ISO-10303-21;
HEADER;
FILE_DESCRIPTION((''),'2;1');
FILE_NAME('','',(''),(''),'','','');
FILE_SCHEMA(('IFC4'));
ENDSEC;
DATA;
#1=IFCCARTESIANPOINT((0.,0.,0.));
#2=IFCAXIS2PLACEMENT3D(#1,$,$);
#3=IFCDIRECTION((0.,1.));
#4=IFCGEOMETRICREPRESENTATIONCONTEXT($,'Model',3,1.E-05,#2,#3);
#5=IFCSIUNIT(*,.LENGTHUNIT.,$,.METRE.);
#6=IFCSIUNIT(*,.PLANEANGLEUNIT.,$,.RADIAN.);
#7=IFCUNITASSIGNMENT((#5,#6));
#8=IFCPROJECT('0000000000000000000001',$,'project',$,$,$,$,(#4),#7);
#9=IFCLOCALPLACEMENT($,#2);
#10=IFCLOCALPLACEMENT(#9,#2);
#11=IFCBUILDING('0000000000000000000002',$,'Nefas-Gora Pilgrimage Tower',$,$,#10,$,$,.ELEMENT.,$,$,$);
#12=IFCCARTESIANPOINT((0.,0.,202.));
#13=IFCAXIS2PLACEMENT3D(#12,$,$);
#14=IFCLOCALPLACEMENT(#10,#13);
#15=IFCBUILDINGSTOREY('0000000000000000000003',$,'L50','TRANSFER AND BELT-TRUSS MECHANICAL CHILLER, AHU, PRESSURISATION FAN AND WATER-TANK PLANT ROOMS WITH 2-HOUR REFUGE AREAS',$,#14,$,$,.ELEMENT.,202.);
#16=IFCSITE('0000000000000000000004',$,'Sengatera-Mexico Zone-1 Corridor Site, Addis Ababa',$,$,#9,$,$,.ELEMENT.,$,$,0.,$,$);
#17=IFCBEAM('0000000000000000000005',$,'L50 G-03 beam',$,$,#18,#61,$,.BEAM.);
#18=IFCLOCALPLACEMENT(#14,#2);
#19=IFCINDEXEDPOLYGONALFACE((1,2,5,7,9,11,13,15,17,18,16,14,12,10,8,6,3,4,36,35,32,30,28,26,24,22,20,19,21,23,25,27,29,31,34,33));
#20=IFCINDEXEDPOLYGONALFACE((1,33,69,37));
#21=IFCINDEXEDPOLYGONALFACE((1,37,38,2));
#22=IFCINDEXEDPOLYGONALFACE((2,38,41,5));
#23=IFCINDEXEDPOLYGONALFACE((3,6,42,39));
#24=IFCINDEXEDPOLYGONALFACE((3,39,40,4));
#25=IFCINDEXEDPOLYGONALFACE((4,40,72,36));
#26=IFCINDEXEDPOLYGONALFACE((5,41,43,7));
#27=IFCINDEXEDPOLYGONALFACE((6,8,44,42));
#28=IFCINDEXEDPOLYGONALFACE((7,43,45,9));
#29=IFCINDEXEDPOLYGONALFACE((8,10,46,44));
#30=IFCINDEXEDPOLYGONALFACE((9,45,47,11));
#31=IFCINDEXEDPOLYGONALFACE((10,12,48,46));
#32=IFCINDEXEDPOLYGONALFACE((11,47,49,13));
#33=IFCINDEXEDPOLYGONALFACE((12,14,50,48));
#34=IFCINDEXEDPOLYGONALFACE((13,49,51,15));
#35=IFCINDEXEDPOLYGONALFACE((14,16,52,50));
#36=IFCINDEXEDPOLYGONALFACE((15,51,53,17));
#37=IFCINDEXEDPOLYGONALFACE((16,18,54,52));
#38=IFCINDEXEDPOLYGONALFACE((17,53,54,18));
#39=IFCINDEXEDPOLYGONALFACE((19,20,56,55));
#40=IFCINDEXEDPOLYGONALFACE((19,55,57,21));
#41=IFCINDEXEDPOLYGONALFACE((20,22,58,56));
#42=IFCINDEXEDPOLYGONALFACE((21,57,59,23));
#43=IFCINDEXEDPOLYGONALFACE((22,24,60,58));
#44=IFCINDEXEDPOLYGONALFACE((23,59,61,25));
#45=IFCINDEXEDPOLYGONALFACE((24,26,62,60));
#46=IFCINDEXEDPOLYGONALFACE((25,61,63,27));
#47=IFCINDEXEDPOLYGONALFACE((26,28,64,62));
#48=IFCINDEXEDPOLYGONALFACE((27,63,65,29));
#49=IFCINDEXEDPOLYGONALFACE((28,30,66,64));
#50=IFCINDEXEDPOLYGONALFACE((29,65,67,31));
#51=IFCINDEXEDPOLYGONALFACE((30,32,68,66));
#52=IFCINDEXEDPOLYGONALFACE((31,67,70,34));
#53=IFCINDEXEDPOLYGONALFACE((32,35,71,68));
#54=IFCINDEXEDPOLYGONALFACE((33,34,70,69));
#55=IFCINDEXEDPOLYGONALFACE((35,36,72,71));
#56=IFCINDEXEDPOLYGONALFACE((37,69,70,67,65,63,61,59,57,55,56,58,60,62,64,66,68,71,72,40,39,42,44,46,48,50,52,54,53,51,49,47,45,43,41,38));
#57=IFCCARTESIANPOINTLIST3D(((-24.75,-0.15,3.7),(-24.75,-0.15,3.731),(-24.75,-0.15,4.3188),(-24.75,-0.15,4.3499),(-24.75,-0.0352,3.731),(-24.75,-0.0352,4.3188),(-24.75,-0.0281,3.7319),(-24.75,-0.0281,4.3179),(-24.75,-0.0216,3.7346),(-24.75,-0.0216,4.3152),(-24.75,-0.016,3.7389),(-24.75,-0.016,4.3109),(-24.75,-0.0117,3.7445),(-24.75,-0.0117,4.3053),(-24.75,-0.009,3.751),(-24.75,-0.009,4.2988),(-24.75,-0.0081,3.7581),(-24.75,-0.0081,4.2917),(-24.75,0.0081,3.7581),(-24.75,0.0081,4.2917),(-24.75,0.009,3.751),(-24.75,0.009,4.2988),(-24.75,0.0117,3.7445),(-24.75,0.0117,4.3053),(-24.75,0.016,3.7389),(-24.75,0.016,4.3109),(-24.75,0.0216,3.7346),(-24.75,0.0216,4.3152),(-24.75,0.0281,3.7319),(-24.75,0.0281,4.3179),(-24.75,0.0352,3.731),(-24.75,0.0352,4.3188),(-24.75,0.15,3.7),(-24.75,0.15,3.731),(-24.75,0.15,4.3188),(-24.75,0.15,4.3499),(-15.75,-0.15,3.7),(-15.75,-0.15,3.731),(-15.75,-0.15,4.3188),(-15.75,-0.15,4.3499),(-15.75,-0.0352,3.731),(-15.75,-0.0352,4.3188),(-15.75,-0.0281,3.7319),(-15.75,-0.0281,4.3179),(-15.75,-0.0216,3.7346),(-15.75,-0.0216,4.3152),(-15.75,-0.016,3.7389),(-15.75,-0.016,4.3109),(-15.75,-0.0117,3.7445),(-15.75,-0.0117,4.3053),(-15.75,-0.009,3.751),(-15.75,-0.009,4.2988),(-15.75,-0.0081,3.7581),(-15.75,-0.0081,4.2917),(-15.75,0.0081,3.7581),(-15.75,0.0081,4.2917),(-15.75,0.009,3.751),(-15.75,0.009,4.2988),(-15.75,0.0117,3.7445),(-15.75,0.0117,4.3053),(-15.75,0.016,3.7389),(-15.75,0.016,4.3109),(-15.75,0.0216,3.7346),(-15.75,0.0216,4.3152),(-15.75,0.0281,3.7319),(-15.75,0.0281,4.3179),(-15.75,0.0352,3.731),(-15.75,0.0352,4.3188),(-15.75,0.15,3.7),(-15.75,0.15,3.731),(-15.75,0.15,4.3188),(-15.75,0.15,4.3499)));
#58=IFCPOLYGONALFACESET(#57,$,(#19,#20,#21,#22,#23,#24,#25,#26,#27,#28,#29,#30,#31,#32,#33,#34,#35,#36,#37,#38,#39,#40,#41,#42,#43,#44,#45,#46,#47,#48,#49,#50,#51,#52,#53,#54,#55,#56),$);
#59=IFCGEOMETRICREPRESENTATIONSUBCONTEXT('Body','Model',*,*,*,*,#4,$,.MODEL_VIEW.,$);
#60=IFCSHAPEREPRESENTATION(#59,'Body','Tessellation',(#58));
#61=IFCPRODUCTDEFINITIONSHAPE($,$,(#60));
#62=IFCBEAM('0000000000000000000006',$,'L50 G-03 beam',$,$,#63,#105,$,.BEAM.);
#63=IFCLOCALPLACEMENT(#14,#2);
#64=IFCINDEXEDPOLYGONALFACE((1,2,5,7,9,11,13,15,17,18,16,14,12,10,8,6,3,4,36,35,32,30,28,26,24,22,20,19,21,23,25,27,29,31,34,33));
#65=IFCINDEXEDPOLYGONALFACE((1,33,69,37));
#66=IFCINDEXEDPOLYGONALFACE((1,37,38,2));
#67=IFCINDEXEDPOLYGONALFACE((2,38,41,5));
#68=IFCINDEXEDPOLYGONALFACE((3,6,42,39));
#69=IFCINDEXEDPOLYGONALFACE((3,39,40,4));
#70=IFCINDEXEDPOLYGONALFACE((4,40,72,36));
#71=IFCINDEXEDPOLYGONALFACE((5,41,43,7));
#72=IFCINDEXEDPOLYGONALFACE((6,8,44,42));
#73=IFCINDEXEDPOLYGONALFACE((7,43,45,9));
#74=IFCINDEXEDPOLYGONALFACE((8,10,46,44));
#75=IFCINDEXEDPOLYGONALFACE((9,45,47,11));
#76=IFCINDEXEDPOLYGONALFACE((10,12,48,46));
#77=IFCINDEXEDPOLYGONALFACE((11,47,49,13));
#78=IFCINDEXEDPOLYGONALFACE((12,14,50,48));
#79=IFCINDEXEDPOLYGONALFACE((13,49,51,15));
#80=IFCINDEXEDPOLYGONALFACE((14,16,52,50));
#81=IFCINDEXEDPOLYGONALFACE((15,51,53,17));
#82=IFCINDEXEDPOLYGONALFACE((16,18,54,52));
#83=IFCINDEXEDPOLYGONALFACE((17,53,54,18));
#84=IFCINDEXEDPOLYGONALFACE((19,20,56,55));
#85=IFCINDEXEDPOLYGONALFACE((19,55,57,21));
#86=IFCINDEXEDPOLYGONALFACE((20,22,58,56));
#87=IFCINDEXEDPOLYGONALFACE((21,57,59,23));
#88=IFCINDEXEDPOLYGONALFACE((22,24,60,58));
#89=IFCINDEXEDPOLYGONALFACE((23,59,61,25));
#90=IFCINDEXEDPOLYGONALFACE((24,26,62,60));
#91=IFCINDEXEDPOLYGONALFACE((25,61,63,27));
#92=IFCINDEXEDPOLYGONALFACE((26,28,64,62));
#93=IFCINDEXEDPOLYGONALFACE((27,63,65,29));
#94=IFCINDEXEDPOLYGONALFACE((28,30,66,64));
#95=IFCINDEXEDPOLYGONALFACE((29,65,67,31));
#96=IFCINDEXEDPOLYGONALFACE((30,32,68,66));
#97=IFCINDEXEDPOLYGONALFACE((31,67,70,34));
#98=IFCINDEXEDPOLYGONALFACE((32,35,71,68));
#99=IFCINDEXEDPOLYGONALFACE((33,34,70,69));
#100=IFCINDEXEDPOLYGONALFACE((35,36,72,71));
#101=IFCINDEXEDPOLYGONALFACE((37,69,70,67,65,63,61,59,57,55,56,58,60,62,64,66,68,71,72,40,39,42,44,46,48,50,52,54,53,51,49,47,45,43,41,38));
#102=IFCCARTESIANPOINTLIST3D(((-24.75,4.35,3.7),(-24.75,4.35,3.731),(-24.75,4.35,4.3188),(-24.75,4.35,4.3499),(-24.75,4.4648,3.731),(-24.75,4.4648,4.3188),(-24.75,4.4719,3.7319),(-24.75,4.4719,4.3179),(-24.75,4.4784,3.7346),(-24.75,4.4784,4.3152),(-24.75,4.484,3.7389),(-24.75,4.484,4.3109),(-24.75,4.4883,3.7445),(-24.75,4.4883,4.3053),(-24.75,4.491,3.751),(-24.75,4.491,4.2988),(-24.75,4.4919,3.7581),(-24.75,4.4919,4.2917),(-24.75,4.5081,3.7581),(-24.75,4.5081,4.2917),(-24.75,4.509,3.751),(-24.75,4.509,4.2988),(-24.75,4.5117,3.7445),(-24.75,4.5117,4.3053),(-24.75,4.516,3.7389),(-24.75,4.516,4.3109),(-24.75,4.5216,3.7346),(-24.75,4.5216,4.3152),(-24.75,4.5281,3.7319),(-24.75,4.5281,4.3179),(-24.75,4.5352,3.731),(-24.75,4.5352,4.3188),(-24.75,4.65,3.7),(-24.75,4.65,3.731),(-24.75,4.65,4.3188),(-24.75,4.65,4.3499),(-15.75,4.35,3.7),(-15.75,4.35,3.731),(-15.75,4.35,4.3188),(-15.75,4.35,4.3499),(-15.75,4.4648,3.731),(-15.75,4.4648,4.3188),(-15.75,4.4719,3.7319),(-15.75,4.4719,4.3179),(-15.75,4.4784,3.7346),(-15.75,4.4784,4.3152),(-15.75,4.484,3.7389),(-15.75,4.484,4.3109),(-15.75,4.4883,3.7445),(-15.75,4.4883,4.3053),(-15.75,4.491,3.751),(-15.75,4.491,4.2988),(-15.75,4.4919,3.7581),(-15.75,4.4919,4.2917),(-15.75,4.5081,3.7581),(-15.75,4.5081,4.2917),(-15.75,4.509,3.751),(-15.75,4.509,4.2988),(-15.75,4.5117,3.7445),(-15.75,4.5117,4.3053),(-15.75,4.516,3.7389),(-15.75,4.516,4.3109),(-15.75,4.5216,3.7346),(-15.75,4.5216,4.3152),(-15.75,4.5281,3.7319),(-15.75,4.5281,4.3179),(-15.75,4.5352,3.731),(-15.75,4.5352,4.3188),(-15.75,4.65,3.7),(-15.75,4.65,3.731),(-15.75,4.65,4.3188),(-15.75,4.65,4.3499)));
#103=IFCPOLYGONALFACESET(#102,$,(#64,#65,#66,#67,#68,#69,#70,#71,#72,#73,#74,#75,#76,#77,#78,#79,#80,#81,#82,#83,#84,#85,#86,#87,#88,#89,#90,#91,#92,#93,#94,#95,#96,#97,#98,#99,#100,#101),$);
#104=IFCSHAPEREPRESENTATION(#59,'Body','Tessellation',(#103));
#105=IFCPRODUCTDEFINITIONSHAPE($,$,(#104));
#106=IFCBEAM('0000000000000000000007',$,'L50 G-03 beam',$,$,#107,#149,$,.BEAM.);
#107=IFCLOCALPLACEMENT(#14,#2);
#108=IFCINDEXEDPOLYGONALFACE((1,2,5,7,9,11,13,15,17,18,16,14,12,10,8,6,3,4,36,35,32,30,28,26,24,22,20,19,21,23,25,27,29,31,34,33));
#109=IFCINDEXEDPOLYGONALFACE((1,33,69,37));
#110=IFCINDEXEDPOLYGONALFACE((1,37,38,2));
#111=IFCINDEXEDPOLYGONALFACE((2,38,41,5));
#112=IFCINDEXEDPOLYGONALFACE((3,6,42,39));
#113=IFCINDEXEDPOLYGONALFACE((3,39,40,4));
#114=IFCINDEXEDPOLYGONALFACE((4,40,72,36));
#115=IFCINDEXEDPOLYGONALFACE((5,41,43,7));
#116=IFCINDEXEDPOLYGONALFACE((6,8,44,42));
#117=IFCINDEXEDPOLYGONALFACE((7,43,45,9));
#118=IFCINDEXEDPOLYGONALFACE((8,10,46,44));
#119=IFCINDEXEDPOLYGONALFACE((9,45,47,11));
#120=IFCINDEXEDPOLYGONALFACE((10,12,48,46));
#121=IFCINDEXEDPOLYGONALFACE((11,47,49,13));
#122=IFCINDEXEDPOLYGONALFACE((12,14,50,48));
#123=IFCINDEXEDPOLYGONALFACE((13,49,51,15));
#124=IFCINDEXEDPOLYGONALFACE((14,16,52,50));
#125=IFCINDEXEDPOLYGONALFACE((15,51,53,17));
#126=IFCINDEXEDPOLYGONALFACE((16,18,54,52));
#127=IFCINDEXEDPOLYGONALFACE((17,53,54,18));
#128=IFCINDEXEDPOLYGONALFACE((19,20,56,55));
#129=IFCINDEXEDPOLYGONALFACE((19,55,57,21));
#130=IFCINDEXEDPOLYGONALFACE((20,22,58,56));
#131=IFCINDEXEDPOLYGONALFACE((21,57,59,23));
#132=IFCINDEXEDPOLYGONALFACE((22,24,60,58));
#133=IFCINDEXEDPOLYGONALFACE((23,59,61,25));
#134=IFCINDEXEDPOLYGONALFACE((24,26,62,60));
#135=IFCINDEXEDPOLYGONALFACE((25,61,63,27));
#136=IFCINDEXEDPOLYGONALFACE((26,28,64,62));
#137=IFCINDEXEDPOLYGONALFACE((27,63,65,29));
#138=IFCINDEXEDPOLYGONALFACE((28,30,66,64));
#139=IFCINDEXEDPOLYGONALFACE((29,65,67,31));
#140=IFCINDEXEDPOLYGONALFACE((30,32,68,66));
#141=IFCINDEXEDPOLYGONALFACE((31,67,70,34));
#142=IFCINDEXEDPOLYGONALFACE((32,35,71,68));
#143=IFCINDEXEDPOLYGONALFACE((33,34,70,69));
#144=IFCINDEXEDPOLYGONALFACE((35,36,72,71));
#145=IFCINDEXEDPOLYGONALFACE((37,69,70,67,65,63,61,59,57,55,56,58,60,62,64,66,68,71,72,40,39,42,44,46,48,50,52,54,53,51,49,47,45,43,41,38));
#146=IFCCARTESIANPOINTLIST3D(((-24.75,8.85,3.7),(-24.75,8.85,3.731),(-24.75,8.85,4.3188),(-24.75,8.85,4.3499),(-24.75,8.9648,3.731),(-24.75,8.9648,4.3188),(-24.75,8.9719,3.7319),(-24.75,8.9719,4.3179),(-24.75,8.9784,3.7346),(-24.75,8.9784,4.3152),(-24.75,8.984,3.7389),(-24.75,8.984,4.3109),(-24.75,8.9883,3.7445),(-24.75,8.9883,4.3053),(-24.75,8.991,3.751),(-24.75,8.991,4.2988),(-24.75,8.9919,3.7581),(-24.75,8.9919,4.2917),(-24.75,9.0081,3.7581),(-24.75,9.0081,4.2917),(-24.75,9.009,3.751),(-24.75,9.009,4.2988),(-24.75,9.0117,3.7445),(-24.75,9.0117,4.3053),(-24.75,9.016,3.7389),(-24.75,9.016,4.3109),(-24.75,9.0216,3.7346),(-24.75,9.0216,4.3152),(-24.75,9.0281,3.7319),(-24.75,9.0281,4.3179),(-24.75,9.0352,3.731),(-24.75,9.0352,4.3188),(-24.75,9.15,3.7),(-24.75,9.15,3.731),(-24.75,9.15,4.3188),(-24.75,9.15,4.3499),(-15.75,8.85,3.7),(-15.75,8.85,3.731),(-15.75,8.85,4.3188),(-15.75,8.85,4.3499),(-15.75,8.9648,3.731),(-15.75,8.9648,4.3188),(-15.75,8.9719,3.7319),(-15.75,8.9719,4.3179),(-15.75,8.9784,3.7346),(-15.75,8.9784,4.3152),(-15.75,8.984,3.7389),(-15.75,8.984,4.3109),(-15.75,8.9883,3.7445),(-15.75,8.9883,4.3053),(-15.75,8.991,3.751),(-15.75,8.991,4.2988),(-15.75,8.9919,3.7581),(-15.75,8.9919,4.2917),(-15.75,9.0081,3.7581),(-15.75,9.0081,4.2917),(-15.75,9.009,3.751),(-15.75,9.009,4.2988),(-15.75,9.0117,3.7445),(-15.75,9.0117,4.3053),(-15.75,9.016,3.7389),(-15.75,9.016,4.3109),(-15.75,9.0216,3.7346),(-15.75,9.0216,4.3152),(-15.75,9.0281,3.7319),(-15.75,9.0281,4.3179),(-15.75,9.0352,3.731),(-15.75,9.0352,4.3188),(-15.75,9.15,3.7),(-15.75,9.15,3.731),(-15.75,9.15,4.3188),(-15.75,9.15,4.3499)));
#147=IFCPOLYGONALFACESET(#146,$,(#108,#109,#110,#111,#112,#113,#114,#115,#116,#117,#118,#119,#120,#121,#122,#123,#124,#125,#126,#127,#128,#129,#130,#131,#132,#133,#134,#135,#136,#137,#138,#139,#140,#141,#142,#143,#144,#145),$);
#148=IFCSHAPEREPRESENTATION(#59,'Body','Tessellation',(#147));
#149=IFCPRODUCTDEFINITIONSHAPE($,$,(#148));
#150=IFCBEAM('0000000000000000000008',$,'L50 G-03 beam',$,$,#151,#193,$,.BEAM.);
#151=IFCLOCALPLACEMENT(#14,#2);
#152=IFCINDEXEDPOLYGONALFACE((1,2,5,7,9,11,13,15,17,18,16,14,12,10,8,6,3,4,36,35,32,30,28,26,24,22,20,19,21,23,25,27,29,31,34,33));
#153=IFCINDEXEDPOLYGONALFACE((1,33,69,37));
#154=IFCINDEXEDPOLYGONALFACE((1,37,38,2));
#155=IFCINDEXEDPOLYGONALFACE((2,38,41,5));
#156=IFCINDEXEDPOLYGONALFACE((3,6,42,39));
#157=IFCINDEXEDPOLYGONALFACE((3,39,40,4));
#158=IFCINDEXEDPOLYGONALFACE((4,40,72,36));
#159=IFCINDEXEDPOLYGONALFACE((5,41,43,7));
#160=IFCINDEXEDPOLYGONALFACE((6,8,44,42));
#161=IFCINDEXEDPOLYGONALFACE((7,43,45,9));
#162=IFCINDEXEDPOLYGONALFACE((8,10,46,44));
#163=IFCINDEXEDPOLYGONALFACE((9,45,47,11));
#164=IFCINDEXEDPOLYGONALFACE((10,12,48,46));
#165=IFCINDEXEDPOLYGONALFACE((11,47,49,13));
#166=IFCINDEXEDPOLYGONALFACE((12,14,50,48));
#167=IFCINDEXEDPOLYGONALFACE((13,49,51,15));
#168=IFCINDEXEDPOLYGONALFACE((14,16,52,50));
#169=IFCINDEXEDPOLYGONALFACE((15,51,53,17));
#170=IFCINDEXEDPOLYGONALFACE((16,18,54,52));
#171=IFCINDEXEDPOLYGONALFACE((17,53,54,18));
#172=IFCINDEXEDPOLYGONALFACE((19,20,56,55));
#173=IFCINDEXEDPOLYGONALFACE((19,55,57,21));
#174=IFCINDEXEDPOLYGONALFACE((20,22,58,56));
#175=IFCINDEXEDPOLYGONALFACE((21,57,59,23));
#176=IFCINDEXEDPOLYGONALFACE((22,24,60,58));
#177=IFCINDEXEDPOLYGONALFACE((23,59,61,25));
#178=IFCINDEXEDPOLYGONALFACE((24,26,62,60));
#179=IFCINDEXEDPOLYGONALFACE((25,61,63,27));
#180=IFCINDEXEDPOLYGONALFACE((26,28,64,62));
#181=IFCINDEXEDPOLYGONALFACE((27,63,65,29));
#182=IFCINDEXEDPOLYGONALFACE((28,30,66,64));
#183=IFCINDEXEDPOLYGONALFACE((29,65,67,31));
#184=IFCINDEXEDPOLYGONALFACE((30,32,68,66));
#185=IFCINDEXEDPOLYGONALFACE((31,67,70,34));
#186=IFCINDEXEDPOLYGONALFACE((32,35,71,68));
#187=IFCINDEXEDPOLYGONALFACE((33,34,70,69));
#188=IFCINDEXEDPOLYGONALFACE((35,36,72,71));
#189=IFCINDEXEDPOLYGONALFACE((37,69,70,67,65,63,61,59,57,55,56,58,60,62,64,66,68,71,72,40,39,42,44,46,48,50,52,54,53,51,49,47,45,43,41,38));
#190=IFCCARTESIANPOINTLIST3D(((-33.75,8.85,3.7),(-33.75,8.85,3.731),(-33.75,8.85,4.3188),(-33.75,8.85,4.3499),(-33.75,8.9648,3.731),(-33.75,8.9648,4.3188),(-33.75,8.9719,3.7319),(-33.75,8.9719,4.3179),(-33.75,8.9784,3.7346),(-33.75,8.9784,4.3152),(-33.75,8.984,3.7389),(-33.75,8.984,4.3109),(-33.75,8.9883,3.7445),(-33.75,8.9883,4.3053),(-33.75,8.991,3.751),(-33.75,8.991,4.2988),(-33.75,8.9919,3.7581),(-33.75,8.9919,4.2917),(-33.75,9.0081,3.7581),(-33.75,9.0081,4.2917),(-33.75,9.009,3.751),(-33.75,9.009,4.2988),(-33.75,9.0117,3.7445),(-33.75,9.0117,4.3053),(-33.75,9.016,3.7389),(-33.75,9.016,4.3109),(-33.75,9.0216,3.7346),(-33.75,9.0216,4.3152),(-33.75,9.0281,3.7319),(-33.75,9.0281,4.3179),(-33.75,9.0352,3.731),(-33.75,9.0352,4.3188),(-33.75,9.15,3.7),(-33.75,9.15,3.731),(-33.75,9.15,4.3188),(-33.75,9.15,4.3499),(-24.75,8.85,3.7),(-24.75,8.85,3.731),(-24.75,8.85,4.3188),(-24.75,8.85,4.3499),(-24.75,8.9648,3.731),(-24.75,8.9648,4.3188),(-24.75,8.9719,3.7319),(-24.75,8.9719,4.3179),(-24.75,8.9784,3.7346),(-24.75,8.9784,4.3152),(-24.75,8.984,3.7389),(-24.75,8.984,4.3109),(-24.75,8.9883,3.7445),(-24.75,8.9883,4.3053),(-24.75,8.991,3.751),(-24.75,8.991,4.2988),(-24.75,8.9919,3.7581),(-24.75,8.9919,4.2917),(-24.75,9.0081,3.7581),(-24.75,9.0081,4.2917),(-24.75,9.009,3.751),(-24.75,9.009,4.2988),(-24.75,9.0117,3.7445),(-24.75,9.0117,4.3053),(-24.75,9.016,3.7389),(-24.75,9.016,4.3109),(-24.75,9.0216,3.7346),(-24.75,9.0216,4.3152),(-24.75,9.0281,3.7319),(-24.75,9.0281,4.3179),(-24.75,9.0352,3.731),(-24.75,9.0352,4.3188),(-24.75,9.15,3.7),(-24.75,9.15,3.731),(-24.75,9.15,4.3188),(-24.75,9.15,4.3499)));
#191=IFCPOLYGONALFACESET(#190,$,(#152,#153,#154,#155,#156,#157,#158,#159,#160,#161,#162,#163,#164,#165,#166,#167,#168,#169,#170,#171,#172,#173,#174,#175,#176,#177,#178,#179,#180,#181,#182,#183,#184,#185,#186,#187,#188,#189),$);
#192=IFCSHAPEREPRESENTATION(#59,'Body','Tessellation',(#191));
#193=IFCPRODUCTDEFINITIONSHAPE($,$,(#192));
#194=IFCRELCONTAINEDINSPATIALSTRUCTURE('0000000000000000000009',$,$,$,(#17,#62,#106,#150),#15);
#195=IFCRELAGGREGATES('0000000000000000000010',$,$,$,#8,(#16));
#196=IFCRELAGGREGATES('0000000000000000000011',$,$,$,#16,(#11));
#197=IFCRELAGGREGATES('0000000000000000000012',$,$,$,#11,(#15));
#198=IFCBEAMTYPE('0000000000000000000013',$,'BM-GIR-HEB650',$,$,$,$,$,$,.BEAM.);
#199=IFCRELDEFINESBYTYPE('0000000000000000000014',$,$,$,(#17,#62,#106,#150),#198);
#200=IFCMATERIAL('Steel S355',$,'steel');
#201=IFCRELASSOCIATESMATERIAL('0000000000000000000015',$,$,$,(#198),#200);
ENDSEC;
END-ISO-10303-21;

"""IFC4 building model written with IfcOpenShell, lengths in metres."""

from ifc_helpers import new_model, si_unit, direction, frame, origin, origin_2d, place, context, subcontext, project, spatial, i_section, extrude, source, transform, mapped, material, material_profile, profile_set, type_object, element, save


model = new_model("IFC4")

# Units and contexts
model_context = context("Model", 3, precision=1e-05, world=origin(), true_north=direction((0.0, 1.0)))
body_context = subcontext(model_context, "Body", "Model", "MODEL_VIEW")
ifc_project = project(units=[si_unit("LENGTHUNIT", "METRE"), si_unit("PLANEANGLEUNIT", "RADIAN")], contexts=[model_context])

# Site, building, storey
site_placement = place(None, origin())
site = spatial("IfcSite", under=ifc_project, at=site_placement, Name="Sengatera-Mexico Zone-1 Corridor Site, Addis Ababa", CompositionType="ELEMENT", RefElevation=0.0)
building_placement = place(site_placement, origin())
building = spatial("IfcBuilding", under=site, at=building_placement, Name="Nefas-Gora Pilgrimage Tower", CompositionType="ELEMENT")
storey_placement = place(building_placement, frame((0.0, 0.0, 202.0)))
storey = spatial("IfcBuildingStorey", under=building, at=storey_placement, Name="L50", Description="TRANSFER AND BELT-TRUSS MECHANICAL CHILLER, AHU, PRESSURISATION FAN AND WATER-TANK PLANT ROOMS WITH 2-HOUR REFUGE AREAS", CompositionType="ELEMENT", Elevation=202.0)

# Beams
ifc_material_1 = material(Name="Steel S355", Category="steel")
ifc_material_profile_1 = material_profile(ifc_material_1, i_section(OverallWidth=0.3, OverallDepth=0.6499, WebThickness=0.0161, FlangeThickness=0.031, FilletRadius=0.0271, at=origin_2d()), Name="HEB 650")
ifc_profile_set_1 = profile_set([ifc_material_profile_1], Name="Steel S355")
beam_type_1 = type_object("IfcBeamType", Name="BM-GIR-HEB650", PredefinedType="BEAM", material=ifc_profile_set_1)
shared_shape_1 = source(origin(), body_context, "Body", "SweptSolid", [
    extrude(i_section(OverallWidth=0.3, OverallDepth=0.6499, WebThickness=0.0161, FlangeThickness=0.031, FilletRadius=0.0271, at=origin_2d()), origin(), (0.0, 0.0, 1.0), 9.0),
])
for number, where, z_axis, x_axis, name in (
    (1, (-24.75, 0.0, 4.0249), (1.0, 0.0, 0.0), (0.0, 1.0, 0.0), "L50 G-03 beam"),
    (2, (-24.75, 4.5, 4.0249), (1.0, 0.0, 0.0), (0.0, 1.0, 0.0), "L50 G-03 beam"),
    (3, (-24.75, 9.0, 4.0249), (1.0, 0.0, 0.0), (0.0, 1.0, 0.0), "L50 G-03 beam"),
    (4, (-33.75, 9.0, 4.0249), (1.0, 0.0, 0.0), (0.0, 1.0, 0.0), "L50 G-03 beam"),
):
    element("IfcBeam", number, at=place(storey_placement, frame(where, z_axis=z_axis, x_axis=x_axis)), inside=storey, type_object=beam_type_1, Name=name, PredefinedType="BEAM", context=body_context, shape_type="MappedRepresentation", body=[
        mapped(shared_shape_1, transform((0.0, 0.0, 0.0), x_axis=(1.0, 0.0, 0.0), y_axis=(0.0, 1.0, 0.0), z_axis=(0.0, 0.0, 1.0), scale=1.0)),
    ])

save(model, "model.ifc")
